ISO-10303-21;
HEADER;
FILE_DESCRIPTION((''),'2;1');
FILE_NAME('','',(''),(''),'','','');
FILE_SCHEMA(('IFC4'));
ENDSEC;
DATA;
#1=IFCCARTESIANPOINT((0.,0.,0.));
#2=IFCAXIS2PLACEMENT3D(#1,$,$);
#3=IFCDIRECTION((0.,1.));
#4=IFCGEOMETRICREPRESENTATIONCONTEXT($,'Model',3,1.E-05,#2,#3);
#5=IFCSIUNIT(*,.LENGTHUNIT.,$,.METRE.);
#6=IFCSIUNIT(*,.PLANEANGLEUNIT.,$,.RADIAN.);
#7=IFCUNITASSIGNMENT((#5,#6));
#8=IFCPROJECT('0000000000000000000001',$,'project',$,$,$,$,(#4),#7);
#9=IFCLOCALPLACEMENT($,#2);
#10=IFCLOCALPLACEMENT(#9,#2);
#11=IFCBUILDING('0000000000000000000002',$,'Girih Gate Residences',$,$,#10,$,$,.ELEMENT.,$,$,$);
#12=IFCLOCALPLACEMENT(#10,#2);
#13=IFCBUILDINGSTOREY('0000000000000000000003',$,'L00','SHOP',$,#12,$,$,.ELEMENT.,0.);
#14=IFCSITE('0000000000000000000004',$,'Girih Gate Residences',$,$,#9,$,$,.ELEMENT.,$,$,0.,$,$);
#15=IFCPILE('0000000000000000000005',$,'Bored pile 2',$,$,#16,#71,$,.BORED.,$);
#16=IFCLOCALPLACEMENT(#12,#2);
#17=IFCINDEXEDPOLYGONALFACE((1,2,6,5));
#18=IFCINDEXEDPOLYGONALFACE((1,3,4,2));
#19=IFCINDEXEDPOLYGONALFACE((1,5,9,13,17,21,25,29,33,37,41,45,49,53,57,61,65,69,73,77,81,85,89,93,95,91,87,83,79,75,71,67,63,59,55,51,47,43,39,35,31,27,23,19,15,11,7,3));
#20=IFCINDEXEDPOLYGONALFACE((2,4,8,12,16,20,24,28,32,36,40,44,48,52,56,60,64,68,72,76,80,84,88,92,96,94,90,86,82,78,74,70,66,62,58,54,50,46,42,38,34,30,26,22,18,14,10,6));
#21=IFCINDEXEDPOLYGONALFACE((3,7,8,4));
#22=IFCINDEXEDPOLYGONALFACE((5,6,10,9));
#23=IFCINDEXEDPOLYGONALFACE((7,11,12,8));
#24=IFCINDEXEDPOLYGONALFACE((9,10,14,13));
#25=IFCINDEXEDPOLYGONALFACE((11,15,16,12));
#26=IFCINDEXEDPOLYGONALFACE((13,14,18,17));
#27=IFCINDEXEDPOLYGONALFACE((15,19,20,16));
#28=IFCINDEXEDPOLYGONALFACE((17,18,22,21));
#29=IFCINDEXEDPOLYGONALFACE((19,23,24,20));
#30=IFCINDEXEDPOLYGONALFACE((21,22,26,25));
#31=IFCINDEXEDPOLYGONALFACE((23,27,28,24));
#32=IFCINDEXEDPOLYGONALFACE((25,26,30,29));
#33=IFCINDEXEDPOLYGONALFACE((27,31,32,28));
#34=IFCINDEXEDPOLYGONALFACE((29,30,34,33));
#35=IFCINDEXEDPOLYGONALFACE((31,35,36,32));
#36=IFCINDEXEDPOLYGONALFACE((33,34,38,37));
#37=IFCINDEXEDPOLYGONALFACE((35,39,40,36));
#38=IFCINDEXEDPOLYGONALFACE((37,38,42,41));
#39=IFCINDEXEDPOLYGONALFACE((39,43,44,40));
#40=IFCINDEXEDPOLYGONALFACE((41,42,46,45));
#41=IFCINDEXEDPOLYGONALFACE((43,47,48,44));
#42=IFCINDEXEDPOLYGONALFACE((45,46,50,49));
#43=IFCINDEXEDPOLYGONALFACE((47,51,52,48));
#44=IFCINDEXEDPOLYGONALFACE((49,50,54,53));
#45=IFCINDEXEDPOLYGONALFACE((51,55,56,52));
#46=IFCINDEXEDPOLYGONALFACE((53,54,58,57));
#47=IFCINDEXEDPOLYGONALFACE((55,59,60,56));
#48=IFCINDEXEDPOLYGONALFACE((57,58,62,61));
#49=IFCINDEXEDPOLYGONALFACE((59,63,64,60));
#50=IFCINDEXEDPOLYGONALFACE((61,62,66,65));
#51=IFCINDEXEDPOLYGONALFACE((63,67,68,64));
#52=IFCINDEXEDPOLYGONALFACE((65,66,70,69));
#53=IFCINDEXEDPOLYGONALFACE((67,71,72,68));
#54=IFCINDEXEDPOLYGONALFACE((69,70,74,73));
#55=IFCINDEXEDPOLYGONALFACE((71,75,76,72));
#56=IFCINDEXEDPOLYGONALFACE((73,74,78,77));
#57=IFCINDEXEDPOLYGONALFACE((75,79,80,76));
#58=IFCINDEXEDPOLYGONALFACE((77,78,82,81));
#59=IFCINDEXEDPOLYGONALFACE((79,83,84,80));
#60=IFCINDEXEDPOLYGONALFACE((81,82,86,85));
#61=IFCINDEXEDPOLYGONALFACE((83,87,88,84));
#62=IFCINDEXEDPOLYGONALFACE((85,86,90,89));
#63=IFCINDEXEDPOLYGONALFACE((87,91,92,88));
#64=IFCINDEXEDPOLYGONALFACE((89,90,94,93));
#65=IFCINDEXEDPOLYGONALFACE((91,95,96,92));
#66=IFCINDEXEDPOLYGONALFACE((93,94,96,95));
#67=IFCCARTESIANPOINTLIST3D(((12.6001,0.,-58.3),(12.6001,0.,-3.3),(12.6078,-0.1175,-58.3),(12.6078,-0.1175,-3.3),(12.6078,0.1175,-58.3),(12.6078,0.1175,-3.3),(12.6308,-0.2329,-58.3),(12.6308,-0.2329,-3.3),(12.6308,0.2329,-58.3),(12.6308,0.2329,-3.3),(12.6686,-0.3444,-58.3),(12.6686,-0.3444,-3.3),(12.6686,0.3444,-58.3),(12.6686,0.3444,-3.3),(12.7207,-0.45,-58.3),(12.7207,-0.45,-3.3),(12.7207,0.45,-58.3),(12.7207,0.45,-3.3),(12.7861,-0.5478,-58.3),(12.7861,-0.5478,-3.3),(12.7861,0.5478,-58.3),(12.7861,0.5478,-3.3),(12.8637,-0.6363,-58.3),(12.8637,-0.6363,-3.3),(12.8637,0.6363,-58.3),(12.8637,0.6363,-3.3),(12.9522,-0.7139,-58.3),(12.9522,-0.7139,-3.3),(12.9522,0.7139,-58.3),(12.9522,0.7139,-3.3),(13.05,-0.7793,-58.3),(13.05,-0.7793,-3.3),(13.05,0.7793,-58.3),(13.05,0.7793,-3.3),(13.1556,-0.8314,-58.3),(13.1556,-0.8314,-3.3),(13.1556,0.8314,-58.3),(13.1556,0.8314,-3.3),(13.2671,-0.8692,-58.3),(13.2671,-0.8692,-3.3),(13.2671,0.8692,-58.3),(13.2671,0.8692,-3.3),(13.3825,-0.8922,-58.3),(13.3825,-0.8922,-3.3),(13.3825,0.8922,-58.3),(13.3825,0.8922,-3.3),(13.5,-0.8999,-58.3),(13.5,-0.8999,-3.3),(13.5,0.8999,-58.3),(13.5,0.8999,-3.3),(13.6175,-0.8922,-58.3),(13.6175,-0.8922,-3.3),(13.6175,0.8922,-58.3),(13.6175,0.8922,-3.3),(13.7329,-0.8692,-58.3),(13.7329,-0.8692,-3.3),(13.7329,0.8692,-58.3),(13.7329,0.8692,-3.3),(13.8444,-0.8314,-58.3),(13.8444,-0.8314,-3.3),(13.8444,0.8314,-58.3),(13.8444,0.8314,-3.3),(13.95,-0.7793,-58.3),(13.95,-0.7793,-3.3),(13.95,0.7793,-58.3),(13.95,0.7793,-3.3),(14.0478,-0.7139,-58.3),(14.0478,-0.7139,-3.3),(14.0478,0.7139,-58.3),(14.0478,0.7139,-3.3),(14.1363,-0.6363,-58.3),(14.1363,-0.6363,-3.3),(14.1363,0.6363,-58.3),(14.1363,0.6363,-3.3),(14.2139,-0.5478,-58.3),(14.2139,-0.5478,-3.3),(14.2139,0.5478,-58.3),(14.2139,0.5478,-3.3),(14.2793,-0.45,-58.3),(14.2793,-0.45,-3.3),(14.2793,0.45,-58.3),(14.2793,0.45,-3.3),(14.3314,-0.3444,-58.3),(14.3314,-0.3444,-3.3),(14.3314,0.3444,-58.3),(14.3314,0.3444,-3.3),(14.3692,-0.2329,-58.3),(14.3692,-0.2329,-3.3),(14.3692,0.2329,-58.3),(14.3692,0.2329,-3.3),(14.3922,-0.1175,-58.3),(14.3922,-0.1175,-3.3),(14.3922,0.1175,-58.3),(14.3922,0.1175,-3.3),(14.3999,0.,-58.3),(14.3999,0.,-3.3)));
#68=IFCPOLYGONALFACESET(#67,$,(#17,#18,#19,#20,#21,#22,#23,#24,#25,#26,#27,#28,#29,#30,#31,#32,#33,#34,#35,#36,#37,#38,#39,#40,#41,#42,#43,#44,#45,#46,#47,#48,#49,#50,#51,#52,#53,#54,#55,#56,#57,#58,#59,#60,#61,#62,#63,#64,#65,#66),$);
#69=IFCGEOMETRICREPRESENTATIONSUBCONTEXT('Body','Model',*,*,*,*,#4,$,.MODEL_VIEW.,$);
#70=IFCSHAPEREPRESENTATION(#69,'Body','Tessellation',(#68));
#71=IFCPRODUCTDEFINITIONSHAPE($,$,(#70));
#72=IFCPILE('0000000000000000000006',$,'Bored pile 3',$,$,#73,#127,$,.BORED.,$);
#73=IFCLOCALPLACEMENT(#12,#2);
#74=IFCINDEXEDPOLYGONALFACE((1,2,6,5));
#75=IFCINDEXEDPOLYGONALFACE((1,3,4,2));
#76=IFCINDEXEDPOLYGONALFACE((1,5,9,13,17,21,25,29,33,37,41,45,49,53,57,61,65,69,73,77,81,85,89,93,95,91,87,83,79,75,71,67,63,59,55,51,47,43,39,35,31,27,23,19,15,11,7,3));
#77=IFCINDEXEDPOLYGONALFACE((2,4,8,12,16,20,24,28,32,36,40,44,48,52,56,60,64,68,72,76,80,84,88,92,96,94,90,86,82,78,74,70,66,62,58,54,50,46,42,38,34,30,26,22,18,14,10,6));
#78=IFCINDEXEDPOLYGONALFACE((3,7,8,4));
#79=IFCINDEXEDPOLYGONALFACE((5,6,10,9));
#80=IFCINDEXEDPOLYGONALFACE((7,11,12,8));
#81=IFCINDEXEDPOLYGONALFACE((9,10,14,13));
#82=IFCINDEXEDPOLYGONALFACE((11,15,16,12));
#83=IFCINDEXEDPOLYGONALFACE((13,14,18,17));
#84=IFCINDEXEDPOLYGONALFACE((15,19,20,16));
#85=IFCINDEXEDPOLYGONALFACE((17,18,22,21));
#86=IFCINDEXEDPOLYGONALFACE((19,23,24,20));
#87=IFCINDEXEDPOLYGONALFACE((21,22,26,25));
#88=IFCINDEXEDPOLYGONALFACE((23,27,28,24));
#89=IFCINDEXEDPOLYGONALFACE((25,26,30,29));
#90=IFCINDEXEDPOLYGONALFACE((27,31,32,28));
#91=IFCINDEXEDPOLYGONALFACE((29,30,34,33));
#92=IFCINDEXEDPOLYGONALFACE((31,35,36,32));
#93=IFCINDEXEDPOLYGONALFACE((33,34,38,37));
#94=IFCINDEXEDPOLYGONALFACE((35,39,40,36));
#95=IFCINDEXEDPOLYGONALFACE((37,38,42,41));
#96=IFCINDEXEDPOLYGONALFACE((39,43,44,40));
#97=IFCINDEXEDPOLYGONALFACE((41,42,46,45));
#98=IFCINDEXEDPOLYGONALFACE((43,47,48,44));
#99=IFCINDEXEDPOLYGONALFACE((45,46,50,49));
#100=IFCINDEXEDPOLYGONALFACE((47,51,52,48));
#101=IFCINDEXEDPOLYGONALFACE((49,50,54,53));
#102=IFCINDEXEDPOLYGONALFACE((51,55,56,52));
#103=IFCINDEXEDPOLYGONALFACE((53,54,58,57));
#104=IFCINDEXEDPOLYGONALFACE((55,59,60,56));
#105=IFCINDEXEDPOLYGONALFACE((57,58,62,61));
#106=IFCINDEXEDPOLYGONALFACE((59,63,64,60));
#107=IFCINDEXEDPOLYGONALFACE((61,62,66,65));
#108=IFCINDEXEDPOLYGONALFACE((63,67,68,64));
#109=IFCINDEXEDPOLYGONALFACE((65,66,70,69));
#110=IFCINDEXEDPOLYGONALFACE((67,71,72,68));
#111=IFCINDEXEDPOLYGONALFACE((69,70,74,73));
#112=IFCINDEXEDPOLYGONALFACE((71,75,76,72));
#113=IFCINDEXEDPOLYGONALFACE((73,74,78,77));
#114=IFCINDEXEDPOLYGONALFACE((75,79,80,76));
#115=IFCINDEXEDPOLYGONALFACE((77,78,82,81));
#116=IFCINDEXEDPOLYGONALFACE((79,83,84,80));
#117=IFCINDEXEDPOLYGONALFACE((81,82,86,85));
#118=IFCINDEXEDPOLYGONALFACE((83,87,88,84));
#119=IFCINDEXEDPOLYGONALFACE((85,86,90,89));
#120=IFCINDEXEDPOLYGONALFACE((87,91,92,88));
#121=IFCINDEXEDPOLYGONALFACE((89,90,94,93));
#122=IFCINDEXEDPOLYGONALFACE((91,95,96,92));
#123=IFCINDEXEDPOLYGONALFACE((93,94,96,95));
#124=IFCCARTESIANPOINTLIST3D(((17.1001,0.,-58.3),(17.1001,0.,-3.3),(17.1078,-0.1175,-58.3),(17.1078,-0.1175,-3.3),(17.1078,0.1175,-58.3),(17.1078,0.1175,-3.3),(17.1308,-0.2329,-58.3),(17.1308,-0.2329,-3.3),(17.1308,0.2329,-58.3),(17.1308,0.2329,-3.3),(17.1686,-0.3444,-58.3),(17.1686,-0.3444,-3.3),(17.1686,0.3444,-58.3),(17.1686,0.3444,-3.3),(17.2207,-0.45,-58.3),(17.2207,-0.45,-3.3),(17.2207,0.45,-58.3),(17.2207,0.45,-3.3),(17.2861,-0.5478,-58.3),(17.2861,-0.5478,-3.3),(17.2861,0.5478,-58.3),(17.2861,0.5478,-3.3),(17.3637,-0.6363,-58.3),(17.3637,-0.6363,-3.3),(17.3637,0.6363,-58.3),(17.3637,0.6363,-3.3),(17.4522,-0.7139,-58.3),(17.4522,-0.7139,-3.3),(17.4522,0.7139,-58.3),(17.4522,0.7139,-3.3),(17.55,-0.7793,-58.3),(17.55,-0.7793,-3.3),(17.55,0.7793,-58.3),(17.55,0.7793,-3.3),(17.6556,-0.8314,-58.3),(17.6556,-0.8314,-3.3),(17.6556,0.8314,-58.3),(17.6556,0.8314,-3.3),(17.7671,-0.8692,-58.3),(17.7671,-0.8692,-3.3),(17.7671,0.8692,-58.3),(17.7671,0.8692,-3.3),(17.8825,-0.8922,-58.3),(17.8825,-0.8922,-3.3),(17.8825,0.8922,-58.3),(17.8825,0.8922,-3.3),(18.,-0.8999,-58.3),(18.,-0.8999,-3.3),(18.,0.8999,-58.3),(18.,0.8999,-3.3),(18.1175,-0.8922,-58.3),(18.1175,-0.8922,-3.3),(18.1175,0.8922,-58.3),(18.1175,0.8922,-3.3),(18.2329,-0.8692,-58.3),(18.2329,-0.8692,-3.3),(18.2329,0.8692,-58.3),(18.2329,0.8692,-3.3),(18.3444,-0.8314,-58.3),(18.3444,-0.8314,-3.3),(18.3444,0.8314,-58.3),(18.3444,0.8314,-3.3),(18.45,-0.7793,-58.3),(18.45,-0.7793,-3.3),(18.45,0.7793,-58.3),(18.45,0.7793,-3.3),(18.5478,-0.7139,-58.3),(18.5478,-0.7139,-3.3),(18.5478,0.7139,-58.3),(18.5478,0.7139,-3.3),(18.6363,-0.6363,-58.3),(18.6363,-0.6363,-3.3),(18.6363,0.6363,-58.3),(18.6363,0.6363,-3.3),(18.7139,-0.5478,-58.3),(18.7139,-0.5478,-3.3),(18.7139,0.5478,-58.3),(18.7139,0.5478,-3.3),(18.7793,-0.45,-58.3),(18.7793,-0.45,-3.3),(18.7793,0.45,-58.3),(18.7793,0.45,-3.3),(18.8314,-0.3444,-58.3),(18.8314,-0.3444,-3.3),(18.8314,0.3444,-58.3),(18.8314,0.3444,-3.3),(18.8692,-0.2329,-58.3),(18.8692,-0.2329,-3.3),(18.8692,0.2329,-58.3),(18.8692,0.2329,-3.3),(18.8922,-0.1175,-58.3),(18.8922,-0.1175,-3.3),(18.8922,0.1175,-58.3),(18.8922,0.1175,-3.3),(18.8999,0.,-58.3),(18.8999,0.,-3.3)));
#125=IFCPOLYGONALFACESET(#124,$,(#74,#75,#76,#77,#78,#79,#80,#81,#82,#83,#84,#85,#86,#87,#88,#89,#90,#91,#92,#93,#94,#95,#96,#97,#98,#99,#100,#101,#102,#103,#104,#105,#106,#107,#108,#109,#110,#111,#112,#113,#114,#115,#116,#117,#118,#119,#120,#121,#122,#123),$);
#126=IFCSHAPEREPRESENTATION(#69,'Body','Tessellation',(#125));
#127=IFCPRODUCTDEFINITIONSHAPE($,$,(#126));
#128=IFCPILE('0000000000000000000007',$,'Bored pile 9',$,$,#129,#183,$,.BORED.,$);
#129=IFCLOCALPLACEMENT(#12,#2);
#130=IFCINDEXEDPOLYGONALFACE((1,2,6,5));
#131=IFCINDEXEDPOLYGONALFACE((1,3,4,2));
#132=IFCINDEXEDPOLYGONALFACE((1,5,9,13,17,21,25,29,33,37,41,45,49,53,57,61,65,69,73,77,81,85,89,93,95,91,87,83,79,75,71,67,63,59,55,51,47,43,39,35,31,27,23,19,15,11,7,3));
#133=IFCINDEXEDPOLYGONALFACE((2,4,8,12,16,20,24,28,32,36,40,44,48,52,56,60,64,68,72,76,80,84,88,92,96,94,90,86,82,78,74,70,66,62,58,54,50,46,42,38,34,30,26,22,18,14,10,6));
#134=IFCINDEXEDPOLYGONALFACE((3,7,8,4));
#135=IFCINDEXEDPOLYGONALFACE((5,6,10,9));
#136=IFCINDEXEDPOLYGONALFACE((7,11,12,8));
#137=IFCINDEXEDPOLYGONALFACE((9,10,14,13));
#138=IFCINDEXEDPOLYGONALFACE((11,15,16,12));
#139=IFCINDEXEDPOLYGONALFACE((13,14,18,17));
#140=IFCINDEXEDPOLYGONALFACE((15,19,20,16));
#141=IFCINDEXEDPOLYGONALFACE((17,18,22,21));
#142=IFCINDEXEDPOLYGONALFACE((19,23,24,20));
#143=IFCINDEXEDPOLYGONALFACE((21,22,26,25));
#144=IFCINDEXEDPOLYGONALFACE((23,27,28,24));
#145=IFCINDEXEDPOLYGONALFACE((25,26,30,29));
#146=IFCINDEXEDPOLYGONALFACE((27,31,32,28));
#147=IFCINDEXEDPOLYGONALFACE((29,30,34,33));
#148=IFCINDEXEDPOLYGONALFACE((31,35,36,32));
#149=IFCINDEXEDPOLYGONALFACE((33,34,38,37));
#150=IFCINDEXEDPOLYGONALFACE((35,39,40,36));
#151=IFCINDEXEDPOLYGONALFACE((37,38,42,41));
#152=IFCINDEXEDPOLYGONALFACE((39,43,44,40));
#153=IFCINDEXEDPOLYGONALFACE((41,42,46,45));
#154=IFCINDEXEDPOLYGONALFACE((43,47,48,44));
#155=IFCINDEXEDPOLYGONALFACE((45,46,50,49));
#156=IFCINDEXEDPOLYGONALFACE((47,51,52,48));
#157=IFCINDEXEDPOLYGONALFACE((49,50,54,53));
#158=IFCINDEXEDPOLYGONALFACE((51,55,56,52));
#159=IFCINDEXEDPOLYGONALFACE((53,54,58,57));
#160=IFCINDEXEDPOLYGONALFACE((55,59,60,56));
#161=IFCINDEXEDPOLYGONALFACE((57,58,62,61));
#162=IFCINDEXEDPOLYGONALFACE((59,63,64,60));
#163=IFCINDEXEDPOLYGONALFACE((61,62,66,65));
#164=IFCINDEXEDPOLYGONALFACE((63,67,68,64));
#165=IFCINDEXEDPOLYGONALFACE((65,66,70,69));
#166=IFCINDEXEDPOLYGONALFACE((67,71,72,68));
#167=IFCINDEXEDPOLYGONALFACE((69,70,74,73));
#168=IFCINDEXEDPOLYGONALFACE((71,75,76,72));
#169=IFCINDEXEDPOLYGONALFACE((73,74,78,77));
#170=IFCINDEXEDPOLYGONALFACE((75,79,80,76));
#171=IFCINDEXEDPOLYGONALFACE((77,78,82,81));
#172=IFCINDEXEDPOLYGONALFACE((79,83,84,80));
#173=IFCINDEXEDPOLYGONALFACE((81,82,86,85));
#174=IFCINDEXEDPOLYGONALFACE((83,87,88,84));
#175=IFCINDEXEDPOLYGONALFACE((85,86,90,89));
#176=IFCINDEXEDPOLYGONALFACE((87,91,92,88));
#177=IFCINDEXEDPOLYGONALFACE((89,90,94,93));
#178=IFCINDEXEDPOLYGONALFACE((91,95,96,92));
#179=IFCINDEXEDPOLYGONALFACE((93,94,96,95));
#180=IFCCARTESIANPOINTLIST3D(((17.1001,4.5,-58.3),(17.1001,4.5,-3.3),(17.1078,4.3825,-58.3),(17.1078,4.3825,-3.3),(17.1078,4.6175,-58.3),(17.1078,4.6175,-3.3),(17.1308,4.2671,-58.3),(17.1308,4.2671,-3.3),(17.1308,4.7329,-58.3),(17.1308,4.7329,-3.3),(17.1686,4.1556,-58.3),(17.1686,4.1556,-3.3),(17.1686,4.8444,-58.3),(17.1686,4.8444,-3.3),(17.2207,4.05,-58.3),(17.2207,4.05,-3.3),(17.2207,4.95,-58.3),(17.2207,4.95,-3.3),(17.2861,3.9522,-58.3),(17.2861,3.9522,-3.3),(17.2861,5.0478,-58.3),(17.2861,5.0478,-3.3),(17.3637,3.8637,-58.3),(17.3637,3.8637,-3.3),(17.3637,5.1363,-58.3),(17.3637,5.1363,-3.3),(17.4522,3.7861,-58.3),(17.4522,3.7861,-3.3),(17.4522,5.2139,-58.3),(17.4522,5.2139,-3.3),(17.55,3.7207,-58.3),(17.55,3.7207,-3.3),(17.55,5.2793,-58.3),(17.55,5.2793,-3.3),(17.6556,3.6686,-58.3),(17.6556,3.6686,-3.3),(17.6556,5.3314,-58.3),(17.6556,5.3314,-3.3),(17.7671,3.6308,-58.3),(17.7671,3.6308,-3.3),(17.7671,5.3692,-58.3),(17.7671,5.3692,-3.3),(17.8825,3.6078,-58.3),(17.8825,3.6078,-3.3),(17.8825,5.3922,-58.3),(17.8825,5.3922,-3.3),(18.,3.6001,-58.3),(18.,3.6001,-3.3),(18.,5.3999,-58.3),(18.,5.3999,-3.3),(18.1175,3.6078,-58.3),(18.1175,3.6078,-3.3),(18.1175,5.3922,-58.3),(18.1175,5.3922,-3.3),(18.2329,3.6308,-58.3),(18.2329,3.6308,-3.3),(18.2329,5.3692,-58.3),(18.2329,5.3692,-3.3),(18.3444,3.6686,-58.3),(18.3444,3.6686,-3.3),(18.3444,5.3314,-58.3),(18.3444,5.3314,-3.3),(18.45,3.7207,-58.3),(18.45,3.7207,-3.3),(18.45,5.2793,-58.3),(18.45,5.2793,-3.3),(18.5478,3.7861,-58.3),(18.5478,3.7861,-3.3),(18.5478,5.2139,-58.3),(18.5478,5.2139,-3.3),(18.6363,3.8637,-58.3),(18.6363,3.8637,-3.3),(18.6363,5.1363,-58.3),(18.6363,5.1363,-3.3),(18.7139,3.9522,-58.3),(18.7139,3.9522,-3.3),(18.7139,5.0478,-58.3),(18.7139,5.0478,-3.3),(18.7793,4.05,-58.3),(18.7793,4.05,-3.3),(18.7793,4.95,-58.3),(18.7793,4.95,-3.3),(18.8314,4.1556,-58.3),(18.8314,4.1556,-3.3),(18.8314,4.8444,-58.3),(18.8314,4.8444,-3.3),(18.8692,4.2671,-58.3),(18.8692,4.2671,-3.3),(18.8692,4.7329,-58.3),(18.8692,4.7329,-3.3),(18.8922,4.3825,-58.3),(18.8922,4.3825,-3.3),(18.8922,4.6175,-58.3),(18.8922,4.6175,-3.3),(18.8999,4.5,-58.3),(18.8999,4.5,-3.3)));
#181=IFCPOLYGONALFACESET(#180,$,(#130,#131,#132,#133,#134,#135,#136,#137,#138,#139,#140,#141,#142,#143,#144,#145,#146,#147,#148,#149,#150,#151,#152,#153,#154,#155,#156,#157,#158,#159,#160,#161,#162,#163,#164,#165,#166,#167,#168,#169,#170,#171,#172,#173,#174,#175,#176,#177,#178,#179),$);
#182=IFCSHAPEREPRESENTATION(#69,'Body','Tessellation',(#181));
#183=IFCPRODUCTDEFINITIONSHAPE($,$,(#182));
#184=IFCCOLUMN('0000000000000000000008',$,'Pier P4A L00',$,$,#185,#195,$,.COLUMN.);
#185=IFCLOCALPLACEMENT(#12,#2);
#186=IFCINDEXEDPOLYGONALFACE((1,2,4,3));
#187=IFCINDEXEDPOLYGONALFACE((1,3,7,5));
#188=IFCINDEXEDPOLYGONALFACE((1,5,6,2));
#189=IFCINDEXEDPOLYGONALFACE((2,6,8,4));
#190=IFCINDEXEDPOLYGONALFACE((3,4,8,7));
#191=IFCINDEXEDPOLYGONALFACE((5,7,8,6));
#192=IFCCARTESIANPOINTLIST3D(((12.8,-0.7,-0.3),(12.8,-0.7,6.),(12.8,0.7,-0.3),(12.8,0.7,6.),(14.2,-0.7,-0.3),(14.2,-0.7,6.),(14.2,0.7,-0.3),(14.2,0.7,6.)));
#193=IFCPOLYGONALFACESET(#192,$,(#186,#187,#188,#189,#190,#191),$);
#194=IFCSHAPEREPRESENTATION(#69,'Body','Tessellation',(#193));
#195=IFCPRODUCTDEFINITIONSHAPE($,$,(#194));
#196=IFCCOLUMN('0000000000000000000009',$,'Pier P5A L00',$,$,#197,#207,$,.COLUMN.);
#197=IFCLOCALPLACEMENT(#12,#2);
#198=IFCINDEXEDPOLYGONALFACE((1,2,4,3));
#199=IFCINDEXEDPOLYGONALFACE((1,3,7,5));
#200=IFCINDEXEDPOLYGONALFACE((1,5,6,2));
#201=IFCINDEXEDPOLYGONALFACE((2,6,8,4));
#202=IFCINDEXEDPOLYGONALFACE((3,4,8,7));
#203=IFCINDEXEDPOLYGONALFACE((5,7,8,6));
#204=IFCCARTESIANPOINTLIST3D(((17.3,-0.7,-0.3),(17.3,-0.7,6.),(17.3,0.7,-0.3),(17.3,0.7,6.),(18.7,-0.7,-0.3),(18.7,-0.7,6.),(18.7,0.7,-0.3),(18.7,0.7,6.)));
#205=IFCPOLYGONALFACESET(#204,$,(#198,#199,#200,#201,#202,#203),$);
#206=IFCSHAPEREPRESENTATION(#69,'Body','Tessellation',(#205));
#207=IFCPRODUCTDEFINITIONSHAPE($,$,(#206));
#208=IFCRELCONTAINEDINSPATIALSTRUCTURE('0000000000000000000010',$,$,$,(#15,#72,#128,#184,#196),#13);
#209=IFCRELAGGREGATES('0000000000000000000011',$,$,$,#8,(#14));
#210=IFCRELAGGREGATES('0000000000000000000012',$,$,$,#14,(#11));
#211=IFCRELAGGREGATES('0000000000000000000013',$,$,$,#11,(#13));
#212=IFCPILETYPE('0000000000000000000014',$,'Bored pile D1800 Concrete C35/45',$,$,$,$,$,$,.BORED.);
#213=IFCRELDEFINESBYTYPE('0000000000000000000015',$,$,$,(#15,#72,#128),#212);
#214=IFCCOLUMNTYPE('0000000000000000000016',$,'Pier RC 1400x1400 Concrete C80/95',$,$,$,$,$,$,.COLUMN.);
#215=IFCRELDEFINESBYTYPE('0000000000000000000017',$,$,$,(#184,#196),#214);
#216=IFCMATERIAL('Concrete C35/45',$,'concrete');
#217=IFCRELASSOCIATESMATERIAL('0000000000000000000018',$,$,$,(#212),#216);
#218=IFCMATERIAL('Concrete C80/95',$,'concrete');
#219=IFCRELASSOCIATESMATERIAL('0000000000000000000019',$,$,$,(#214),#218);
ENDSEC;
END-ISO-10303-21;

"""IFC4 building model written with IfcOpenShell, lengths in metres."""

from ifc_helpers import new_model, si_unit, direction, frame, origin, origin_2d, place, context, subcontext, project, spatial, rectangle, circle, extrude, material, material_profile, profile_set, type_object, element, save


model = new_model("IFC4")

# Units and contexts
model_context = context("Model", 3, precision=1e-05, world=origin(), true_north=direction((0.0, 1.0)))
body_context = subcontext(model_context, "Body", "Model", "MODEL_VIEW")
ifc_project = project(units=[si_unit("LENGTHUNIT", "METRE"), si_unit("PLANEANGLEUNIT", "RADIAN")], contexts=[model_context])

# Site, building, storey
site_placement = place(None, origin())
site = spatial("IfcSite", under=ifc_project, at=site_placement, Name="Girih Gate Residences", CompositionType="ELEMENT", RefElevation=0.0)
building_placement = place(site_placement, origin())
building = spatial("IfcBuilding", under=site, at=building_placement, Name="Girih Gate Residences", CompositionType="ELEMENT")
storey_placement = place(building_placement, origin())
storey = spatial("IfcBuildingStorey", under=building, at=storey_placement, Name="L00", Description="SHOP", CompositionType="ELEMENT", Elevation=0.0)

# Piles
ifc_material_1 = material(Name="Concrete C35/45", Category="concrete")
ifc_material_profile_1 = material_profile(ifc_material_1, circle(Radius=0.8999, at=origin_2d()))
ifc_profile_set_1 = profile_set([ifc_material_profile_1], Name="Concrete C35/45")
pile_type = type_object("IfcPileType", Name="Bored pile D1800 Concrete C35/45", PredefinedType="BORED", material=ifc_profile_set_1)
for number, where, z_axis, x_axis, name in (
    (1, (13.5, 0.0, -3.3), (0.0, 0.0, -1.0), (1.0, 0.0, 0.0), "Bored pile 2"),
    (2, (18.0, 0.0, -3.3), (0.0, 0.0, -1.0), (1.0, 0.0, 0.0), "Bored pile 3"),
    (3, (18.0, 4.5, -3.3), (0.0, 0.0, -1.0), (1.0, 0.0, 0.0), "Bored pile 9"),
):
    element("IfcPile", number, at=place(storey_placement, frame(where, z_axis=z_axis, x_axis=x_axis)), inside=storey, type_object=pile_type, Name=name, PredefinedType="BORED", context=body_context, shape_type="SweptSolid", body=[
        extrude(circle(Radius=0.8999, at=origin_2d()), origin(), (0.0, 0.0, 1.0), 55.0),
    ])

# Columns
ifc_material_2 = material(Name="Concrete C80/95", Category="concrete")
ifc_material_profile_2 = material_profile(ifc_material_2, rectangle(XDim=1.3999, YDim=1.3999, at=origin_2d()))
ifc_profile_set_2 = profile_set([ifc_material_profile_2], Name="Concrete C80/95")
column_type = type_object("IfcColumnType", Name="Pier RC 1400x1400 Concrete C80/95", PredefinedType="COLUMN", material=ifc_profile_set_2)
for number, where, z_axis, x_axis, name in (
    (4, (13.5, 0.0, -0.3), (0.0, 0.0, 1.0), (1.0, 0.0, 0.0), "Pier P4A L00"),
    (5, (18.0, 0.0, -0.3), (0.0, 0.0, 1.0), (1.0, 0.0, 0.0), "Pier P5A L00"),
):
    element("IfcColumn", number, at=place(storey_placement, frame(where, z_axis=z_axis, x_axis=x_axis)), inside=storey, type_object=column_type, Name=name, PredefinedType="COLUMN", context=body_context, shape_type="SweptSolid", body=[
        extrude(rectangle(XDim=1.3999, YDim=1.3999, at=origin_2d()), origin(), (0.0, 0.0, 1.0), 6.3),
    ])

save(model, "model.ifc")
